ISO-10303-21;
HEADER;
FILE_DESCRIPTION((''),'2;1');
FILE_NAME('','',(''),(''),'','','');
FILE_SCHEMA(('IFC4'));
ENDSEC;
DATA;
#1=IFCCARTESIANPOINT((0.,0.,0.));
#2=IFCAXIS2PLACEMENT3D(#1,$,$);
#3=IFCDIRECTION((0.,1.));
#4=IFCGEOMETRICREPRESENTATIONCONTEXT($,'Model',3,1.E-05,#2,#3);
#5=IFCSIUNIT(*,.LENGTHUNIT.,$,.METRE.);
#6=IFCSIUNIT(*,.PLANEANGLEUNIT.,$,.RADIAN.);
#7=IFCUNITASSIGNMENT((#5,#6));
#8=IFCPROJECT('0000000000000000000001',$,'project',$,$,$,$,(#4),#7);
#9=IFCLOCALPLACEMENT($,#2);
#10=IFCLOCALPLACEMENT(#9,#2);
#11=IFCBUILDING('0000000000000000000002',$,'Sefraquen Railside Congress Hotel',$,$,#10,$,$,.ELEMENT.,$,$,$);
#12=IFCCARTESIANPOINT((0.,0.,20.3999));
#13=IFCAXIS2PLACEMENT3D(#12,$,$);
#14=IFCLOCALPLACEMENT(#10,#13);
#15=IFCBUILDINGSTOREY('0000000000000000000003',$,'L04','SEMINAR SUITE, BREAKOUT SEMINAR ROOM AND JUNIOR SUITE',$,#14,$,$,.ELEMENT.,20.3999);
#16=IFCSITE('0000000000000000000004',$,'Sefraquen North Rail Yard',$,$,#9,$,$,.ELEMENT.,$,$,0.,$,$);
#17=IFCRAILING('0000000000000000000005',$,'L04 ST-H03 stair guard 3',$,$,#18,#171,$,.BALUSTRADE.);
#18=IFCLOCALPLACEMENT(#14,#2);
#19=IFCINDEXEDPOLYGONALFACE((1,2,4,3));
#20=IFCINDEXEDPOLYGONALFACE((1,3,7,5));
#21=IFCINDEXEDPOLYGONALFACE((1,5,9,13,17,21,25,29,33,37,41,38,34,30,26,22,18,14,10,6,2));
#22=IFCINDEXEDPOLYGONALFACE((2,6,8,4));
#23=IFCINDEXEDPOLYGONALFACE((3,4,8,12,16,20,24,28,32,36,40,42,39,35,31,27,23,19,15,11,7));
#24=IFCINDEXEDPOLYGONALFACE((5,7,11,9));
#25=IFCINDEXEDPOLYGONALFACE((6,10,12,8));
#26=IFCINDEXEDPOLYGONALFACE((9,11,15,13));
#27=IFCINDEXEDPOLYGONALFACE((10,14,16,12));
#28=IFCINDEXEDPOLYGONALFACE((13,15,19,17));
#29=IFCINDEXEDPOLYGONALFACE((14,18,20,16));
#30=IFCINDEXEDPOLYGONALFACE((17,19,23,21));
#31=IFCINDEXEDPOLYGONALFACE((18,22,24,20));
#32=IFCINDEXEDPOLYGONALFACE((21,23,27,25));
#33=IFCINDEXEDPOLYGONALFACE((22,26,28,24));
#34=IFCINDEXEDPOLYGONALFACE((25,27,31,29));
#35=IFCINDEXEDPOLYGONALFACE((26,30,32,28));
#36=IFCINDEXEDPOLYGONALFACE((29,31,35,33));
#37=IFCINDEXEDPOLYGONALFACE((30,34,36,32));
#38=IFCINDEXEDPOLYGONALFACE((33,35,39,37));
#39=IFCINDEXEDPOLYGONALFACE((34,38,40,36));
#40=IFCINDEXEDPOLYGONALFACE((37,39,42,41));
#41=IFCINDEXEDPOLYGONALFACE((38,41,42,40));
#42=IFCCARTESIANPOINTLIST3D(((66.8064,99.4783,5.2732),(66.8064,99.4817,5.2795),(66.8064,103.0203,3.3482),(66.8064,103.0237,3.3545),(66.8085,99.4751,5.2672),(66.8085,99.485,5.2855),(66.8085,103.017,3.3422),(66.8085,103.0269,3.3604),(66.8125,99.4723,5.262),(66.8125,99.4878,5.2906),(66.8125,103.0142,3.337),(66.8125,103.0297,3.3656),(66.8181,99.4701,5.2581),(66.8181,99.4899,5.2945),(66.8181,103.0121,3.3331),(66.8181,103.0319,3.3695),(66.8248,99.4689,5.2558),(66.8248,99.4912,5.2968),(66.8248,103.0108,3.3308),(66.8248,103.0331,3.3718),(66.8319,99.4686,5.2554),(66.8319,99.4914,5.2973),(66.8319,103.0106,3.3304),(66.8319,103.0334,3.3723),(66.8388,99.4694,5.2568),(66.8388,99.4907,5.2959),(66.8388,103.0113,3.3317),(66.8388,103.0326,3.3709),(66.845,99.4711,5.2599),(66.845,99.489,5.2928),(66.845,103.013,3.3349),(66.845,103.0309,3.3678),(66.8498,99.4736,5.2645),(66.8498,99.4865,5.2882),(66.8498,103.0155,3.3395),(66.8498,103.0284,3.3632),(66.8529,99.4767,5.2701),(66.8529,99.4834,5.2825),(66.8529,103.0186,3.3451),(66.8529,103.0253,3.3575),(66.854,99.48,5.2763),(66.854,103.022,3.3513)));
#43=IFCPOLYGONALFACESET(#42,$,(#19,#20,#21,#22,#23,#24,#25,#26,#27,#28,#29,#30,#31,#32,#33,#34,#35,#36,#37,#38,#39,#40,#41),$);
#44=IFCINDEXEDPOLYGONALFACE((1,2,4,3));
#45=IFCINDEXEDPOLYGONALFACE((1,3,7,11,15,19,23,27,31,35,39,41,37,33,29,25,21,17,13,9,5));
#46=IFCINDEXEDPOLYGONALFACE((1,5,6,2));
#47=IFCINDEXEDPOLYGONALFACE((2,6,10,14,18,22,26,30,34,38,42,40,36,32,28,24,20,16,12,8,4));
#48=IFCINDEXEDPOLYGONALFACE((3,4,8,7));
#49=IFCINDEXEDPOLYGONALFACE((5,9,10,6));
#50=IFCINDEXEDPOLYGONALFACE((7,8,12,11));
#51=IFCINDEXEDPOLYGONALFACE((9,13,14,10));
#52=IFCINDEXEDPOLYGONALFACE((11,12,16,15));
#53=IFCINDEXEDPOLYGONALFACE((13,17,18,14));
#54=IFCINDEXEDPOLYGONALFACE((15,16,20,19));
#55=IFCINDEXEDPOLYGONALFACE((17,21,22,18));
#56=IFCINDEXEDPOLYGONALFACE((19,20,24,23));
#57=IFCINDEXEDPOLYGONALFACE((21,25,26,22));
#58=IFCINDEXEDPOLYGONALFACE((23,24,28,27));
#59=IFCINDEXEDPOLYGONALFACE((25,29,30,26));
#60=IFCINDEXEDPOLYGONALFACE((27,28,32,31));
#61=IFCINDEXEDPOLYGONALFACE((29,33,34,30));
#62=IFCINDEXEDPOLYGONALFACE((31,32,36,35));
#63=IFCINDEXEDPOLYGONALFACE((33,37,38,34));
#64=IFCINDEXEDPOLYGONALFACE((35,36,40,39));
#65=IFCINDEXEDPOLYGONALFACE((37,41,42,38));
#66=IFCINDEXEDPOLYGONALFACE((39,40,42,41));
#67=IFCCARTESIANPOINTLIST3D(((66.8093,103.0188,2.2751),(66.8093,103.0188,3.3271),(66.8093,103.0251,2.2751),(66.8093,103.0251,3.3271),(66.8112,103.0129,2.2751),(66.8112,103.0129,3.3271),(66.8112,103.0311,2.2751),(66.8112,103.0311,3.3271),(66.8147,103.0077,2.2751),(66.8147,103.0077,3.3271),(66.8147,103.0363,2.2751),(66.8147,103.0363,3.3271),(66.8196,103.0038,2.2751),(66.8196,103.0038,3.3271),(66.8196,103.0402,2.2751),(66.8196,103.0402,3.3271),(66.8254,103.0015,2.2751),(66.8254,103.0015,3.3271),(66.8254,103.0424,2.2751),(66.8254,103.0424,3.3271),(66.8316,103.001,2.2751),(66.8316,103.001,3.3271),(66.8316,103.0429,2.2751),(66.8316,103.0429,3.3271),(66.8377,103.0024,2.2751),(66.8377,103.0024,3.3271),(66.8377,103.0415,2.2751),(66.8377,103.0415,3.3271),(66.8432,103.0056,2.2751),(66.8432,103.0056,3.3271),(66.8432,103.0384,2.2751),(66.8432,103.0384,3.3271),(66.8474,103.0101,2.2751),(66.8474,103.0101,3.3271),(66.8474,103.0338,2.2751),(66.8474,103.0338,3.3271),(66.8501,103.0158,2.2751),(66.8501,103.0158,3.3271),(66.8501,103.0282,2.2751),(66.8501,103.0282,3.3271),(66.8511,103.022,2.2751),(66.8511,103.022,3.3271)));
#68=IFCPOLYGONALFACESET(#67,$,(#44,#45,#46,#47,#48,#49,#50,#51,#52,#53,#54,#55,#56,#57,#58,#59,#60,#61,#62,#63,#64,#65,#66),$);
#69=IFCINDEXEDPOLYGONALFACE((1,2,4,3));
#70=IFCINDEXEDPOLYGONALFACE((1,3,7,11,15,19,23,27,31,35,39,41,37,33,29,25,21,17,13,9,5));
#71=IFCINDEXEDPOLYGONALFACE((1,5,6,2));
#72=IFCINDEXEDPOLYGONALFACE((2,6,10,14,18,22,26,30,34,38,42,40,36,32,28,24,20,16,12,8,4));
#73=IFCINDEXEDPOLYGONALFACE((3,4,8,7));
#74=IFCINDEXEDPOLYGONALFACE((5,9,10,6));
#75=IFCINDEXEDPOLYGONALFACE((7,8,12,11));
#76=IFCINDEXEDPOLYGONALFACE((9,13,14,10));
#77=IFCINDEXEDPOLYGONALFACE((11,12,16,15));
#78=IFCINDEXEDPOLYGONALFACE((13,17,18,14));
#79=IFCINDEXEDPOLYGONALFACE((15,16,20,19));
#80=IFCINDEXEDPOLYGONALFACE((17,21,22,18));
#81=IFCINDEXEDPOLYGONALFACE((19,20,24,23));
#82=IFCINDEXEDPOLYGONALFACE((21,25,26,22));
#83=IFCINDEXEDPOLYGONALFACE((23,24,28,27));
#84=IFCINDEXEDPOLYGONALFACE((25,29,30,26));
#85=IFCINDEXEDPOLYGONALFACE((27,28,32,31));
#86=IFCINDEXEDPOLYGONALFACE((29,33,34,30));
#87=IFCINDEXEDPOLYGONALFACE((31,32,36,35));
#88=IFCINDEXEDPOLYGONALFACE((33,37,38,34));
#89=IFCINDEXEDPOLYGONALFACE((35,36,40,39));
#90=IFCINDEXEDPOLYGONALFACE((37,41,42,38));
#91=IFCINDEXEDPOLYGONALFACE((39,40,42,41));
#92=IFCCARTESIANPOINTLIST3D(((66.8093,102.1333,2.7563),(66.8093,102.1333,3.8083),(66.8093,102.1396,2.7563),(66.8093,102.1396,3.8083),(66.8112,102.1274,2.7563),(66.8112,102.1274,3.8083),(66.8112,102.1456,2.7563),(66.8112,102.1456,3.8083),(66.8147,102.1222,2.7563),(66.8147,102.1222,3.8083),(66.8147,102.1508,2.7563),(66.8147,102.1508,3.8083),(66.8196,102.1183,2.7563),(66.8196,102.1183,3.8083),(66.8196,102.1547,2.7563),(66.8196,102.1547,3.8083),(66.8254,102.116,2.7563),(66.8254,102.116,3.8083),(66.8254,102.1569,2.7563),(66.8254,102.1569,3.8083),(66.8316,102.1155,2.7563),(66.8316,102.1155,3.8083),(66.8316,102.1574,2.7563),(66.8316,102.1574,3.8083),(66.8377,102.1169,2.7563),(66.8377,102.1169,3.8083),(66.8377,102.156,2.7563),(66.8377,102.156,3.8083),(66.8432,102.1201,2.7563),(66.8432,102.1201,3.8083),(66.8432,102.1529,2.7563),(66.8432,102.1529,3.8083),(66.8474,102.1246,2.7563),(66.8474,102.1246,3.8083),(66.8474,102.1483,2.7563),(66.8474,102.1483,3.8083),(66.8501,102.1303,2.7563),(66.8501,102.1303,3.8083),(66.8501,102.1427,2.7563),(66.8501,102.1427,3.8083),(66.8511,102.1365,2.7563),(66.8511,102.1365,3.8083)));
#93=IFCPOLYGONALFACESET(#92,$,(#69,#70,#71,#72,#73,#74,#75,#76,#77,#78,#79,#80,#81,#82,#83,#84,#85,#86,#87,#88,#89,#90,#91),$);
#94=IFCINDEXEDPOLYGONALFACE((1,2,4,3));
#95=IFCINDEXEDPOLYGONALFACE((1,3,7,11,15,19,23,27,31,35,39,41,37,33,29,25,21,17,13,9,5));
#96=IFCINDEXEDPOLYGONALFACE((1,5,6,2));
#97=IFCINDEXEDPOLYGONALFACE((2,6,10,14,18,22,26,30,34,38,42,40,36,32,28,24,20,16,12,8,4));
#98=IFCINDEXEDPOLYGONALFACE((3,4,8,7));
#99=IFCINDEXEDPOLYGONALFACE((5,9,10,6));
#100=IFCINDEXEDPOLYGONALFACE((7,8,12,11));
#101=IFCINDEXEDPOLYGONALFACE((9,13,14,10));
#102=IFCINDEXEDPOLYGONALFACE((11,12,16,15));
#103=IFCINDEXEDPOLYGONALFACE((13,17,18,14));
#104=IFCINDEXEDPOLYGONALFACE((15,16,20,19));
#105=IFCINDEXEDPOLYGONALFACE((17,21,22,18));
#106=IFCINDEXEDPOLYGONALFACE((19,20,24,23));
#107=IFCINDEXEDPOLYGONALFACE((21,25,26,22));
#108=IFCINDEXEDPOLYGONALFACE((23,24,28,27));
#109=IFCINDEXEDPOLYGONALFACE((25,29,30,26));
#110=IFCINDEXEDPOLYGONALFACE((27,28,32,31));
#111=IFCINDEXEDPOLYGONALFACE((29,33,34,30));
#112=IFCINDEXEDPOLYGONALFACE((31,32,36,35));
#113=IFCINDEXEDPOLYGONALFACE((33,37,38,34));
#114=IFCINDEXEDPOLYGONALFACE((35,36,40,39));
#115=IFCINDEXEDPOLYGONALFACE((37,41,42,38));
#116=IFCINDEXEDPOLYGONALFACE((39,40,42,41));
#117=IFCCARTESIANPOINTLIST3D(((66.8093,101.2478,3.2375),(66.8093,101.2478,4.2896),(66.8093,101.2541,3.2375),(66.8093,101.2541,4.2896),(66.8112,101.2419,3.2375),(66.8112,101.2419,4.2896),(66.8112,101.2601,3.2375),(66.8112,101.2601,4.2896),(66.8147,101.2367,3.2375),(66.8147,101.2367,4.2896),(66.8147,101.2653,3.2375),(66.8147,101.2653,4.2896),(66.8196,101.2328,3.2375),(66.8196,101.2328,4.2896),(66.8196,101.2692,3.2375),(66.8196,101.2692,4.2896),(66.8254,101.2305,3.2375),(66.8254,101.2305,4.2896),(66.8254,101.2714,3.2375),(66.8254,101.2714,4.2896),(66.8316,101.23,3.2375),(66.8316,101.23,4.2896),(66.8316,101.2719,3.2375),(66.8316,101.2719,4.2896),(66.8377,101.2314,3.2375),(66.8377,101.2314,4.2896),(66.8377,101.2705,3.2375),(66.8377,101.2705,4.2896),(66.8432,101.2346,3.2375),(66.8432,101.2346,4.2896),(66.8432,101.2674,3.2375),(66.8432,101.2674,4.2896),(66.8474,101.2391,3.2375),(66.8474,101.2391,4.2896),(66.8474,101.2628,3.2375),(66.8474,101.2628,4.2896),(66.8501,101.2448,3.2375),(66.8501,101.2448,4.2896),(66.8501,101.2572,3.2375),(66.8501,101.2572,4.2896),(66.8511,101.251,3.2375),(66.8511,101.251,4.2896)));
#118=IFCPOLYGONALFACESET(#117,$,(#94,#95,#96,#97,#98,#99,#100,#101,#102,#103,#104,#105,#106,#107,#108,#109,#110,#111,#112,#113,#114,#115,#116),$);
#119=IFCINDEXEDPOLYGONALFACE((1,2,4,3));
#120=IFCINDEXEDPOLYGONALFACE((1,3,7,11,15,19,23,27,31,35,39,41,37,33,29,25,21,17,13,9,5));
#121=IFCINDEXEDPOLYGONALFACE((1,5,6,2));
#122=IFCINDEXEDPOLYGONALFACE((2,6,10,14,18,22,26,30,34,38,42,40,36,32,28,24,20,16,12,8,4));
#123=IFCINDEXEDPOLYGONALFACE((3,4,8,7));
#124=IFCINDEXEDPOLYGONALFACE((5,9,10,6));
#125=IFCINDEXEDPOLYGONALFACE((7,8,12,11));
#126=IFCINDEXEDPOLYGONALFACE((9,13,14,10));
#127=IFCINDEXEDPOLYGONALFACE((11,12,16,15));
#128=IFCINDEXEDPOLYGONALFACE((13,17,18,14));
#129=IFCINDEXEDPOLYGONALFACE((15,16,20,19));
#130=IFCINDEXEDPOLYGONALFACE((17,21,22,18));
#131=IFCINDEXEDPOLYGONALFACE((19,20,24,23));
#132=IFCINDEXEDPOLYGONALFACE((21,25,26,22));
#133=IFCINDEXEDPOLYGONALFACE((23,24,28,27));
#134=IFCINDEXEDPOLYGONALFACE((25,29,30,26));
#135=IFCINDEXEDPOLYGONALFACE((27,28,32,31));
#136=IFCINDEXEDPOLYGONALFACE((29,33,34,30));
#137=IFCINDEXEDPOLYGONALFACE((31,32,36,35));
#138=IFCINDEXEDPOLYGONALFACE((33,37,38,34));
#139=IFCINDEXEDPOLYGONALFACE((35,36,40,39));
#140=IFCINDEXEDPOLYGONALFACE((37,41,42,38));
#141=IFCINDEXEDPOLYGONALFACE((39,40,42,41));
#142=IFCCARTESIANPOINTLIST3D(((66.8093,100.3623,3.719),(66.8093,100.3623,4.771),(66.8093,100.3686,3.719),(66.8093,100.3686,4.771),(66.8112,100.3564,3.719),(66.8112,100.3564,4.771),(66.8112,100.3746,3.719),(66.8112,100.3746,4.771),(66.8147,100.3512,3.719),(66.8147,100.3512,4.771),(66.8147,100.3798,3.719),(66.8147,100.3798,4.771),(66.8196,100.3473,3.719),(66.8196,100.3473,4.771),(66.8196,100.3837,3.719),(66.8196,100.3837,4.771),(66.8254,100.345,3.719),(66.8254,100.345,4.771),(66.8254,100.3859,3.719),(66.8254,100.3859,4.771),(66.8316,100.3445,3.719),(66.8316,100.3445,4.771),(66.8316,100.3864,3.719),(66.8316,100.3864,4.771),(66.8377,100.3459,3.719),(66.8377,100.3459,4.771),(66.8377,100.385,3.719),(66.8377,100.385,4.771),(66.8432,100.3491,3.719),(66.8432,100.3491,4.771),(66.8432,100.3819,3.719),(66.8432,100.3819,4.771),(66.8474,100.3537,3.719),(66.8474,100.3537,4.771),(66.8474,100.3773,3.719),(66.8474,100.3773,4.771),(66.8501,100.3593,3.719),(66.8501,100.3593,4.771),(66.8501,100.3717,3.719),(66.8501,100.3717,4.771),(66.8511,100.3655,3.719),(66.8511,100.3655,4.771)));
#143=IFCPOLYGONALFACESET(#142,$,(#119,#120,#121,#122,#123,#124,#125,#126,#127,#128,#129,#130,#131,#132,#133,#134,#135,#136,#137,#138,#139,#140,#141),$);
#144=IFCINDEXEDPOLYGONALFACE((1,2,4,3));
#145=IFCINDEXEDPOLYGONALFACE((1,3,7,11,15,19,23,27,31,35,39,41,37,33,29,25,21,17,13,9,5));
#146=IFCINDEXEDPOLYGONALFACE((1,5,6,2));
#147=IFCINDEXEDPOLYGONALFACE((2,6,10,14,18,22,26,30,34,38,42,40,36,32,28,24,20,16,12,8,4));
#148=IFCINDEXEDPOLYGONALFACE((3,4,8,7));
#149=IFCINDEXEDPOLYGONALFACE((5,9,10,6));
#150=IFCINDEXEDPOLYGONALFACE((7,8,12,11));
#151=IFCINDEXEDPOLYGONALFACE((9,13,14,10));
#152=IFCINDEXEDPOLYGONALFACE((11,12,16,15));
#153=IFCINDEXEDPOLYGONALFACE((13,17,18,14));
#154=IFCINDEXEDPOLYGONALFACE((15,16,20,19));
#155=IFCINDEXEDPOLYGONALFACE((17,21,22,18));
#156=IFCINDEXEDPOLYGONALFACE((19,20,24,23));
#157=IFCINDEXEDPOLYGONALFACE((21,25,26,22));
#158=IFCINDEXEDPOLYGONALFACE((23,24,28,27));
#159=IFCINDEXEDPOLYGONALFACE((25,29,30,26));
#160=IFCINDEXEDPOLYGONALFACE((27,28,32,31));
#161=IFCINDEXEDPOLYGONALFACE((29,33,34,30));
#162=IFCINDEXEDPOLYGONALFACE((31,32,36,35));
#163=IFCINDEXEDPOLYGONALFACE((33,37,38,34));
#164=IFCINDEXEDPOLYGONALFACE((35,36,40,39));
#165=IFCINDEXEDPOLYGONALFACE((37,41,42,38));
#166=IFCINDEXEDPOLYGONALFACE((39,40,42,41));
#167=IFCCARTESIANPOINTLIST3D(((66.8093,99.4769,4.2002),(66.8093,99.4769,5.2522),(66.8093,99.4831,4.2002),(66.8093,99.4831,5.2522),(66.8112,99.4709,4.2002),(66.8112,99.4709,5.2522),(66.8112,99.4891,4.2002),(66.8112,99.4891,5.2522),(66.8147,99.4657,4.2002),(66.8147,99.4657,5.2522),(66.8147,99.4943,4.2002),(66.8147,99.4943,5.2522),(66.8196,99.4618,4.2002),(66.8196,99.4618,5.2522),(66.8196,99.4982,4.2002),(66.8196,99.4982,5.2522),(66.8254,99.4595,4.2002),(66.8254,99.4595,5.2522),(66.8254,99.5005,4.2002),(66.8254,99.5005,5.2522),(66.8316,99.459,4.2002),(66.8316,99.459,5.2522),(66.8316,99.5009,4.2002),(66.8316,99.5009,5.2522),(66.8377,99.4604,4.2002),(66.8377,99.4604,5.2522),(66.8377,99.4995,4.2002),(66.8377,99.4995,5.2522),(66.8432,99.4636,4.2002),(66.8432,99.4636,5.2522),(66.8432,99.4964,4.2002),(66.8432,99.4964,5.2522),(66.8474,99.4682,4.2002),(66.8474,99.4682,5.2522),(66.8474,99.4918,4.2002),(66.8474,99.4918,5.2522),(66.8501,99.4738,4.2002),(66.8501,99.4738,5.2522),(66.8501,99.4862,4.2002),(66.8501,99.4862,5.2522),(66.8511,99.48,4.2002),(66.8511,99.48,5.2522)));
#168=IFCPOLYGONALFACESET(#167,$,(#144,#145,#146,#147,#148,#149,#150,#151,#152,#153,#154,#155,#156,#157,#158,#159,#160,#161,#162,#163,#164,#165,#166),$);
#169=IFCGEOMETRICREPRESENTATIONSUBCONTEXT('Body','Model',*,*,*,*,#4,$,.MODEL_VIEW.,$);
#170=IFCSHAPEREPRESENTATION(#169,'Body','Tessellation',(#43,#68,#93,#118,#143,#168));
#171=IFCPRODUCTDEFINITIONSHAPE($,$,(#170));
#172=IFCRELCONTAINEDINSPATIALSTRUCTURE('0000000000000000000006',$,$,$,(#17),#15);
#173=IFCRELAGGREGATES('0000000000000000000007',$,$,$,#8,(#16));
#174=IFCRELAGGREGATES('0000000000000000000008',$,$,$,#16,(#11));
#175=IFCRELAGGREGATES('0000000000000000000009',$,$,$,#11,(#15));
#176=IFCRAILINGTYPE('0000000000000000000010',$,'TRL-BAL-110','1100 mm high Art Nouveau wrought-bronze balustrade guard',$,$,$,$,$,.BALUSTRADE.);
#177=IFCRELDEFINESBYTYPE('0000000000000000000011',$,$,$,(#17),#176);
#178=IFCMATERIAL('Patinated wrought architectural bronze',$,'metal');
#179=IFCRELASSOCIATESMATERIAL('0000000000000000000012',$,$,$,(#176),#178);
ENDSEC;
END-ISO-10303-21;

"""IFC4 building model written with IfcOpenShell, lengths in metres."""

from ifc_helpers import new_model, si_unit, direction, frame, origin, origin_2d, place, context, subcontext, project, spatial, circle, extrude, material, type_object, element, save


model = new_model("IFC4")

# Units and contexts
model_context = context("Model", 3, precision=1e-05, world=origin(), true_north=direction((0.0, 1.0)))
body_context = subcontext(model_context, "Body", "Model", "MODEL_VIEW")
ifc_project = project(units=[si_unit("LENGTHUNIT", "METRE"), si_unit("PLANEANGLEUNIT", "RADIAN")], contexts=[model_context])

# Site, building, storey
site_placement = place(None, origin())
site = spatial("IfcSite", under=ifc_project, at=site_placement, Name="Sefraquen North Rail Yard", CompositionType="ELEMENT", RefElevation=0.0)
building_placement = place(site_placement, origin())
building = spatial("IfcBuilding", under=site, at=building_placement, Name="Sefraquen Railside Congress Hotel", CompositionType="ELEMENT")
storey_placement = place(building_placement, frame((0.0, 0.0, 20.3999)))
storey = spatial("IfcBuildingStorey", under=building, at=storey_placement, Name="L04", Description="SEMINAR SUITE, BREAKOUT SEMINAR ROOM AND JUNIOR SUITE", CompositionType="ELEMENT", Elevation=20.3999)

# Railing
ifc_material_1 = material(Name="Patinated wrought architectural bronze", Category="metal")
railing_type = type_object("IfcRailingType", Name="TRL-BAL-110", Description="1100 mm high Art Nouveau wrought-bronze balustrade guard", PredefinedType="BALUSTRADE", material=ifc_material_1)
railing_1_placement = place(storey_placement, frame((66.8301, 103.022, 2.2751)))
element("IfcRailing", 1, at=railing_1_placement, inside=storey, type_object=railing_type, Name="L04 ST-H03 stair guard 3", PredefinedType="BALUSTRADE", context=body_context, shape_type="SweptSolid", body=[
    extrude(circle(Radius=0.0239, at=origin_2d()), frame((0.0, 0.0, 1.0762), z_axis=(0.0, -0.878619, 0.477523), x_axis=(1.0, 0.0, 0.0)), (0.0, 0.0, 1.0), 4.0312),
    extrude(circle(Radius=0.021, at=origin_2d()), origin(), (0.0, 0.0, 1.0), 1.052),
    extrude(circle(Radius=0.021, at=origin_2d()), frame((0.0, -0.8855, 0.4812)), (0.0, 0.0, 1.0), 1.052),
    extrude(circle(Radius=0.021, at=origin_2d()), frame((0.0, -1.771, 0.9624)), (0.0, 0.0, 1.0), 1.052),
    extrude(circle(Radius=0.021, at=origin_2d()), frame((0.0, -2.6565, 1.4438)), (0.0, 0.0, 1.0), 1.052),
    extrude(circle(Radius=0.021, at=origin_2d()), frame((0.0, -3.542, 1.925)), (0.0, 0.0, 1.0), 1.052),
])

save(model, "model.ifc")
